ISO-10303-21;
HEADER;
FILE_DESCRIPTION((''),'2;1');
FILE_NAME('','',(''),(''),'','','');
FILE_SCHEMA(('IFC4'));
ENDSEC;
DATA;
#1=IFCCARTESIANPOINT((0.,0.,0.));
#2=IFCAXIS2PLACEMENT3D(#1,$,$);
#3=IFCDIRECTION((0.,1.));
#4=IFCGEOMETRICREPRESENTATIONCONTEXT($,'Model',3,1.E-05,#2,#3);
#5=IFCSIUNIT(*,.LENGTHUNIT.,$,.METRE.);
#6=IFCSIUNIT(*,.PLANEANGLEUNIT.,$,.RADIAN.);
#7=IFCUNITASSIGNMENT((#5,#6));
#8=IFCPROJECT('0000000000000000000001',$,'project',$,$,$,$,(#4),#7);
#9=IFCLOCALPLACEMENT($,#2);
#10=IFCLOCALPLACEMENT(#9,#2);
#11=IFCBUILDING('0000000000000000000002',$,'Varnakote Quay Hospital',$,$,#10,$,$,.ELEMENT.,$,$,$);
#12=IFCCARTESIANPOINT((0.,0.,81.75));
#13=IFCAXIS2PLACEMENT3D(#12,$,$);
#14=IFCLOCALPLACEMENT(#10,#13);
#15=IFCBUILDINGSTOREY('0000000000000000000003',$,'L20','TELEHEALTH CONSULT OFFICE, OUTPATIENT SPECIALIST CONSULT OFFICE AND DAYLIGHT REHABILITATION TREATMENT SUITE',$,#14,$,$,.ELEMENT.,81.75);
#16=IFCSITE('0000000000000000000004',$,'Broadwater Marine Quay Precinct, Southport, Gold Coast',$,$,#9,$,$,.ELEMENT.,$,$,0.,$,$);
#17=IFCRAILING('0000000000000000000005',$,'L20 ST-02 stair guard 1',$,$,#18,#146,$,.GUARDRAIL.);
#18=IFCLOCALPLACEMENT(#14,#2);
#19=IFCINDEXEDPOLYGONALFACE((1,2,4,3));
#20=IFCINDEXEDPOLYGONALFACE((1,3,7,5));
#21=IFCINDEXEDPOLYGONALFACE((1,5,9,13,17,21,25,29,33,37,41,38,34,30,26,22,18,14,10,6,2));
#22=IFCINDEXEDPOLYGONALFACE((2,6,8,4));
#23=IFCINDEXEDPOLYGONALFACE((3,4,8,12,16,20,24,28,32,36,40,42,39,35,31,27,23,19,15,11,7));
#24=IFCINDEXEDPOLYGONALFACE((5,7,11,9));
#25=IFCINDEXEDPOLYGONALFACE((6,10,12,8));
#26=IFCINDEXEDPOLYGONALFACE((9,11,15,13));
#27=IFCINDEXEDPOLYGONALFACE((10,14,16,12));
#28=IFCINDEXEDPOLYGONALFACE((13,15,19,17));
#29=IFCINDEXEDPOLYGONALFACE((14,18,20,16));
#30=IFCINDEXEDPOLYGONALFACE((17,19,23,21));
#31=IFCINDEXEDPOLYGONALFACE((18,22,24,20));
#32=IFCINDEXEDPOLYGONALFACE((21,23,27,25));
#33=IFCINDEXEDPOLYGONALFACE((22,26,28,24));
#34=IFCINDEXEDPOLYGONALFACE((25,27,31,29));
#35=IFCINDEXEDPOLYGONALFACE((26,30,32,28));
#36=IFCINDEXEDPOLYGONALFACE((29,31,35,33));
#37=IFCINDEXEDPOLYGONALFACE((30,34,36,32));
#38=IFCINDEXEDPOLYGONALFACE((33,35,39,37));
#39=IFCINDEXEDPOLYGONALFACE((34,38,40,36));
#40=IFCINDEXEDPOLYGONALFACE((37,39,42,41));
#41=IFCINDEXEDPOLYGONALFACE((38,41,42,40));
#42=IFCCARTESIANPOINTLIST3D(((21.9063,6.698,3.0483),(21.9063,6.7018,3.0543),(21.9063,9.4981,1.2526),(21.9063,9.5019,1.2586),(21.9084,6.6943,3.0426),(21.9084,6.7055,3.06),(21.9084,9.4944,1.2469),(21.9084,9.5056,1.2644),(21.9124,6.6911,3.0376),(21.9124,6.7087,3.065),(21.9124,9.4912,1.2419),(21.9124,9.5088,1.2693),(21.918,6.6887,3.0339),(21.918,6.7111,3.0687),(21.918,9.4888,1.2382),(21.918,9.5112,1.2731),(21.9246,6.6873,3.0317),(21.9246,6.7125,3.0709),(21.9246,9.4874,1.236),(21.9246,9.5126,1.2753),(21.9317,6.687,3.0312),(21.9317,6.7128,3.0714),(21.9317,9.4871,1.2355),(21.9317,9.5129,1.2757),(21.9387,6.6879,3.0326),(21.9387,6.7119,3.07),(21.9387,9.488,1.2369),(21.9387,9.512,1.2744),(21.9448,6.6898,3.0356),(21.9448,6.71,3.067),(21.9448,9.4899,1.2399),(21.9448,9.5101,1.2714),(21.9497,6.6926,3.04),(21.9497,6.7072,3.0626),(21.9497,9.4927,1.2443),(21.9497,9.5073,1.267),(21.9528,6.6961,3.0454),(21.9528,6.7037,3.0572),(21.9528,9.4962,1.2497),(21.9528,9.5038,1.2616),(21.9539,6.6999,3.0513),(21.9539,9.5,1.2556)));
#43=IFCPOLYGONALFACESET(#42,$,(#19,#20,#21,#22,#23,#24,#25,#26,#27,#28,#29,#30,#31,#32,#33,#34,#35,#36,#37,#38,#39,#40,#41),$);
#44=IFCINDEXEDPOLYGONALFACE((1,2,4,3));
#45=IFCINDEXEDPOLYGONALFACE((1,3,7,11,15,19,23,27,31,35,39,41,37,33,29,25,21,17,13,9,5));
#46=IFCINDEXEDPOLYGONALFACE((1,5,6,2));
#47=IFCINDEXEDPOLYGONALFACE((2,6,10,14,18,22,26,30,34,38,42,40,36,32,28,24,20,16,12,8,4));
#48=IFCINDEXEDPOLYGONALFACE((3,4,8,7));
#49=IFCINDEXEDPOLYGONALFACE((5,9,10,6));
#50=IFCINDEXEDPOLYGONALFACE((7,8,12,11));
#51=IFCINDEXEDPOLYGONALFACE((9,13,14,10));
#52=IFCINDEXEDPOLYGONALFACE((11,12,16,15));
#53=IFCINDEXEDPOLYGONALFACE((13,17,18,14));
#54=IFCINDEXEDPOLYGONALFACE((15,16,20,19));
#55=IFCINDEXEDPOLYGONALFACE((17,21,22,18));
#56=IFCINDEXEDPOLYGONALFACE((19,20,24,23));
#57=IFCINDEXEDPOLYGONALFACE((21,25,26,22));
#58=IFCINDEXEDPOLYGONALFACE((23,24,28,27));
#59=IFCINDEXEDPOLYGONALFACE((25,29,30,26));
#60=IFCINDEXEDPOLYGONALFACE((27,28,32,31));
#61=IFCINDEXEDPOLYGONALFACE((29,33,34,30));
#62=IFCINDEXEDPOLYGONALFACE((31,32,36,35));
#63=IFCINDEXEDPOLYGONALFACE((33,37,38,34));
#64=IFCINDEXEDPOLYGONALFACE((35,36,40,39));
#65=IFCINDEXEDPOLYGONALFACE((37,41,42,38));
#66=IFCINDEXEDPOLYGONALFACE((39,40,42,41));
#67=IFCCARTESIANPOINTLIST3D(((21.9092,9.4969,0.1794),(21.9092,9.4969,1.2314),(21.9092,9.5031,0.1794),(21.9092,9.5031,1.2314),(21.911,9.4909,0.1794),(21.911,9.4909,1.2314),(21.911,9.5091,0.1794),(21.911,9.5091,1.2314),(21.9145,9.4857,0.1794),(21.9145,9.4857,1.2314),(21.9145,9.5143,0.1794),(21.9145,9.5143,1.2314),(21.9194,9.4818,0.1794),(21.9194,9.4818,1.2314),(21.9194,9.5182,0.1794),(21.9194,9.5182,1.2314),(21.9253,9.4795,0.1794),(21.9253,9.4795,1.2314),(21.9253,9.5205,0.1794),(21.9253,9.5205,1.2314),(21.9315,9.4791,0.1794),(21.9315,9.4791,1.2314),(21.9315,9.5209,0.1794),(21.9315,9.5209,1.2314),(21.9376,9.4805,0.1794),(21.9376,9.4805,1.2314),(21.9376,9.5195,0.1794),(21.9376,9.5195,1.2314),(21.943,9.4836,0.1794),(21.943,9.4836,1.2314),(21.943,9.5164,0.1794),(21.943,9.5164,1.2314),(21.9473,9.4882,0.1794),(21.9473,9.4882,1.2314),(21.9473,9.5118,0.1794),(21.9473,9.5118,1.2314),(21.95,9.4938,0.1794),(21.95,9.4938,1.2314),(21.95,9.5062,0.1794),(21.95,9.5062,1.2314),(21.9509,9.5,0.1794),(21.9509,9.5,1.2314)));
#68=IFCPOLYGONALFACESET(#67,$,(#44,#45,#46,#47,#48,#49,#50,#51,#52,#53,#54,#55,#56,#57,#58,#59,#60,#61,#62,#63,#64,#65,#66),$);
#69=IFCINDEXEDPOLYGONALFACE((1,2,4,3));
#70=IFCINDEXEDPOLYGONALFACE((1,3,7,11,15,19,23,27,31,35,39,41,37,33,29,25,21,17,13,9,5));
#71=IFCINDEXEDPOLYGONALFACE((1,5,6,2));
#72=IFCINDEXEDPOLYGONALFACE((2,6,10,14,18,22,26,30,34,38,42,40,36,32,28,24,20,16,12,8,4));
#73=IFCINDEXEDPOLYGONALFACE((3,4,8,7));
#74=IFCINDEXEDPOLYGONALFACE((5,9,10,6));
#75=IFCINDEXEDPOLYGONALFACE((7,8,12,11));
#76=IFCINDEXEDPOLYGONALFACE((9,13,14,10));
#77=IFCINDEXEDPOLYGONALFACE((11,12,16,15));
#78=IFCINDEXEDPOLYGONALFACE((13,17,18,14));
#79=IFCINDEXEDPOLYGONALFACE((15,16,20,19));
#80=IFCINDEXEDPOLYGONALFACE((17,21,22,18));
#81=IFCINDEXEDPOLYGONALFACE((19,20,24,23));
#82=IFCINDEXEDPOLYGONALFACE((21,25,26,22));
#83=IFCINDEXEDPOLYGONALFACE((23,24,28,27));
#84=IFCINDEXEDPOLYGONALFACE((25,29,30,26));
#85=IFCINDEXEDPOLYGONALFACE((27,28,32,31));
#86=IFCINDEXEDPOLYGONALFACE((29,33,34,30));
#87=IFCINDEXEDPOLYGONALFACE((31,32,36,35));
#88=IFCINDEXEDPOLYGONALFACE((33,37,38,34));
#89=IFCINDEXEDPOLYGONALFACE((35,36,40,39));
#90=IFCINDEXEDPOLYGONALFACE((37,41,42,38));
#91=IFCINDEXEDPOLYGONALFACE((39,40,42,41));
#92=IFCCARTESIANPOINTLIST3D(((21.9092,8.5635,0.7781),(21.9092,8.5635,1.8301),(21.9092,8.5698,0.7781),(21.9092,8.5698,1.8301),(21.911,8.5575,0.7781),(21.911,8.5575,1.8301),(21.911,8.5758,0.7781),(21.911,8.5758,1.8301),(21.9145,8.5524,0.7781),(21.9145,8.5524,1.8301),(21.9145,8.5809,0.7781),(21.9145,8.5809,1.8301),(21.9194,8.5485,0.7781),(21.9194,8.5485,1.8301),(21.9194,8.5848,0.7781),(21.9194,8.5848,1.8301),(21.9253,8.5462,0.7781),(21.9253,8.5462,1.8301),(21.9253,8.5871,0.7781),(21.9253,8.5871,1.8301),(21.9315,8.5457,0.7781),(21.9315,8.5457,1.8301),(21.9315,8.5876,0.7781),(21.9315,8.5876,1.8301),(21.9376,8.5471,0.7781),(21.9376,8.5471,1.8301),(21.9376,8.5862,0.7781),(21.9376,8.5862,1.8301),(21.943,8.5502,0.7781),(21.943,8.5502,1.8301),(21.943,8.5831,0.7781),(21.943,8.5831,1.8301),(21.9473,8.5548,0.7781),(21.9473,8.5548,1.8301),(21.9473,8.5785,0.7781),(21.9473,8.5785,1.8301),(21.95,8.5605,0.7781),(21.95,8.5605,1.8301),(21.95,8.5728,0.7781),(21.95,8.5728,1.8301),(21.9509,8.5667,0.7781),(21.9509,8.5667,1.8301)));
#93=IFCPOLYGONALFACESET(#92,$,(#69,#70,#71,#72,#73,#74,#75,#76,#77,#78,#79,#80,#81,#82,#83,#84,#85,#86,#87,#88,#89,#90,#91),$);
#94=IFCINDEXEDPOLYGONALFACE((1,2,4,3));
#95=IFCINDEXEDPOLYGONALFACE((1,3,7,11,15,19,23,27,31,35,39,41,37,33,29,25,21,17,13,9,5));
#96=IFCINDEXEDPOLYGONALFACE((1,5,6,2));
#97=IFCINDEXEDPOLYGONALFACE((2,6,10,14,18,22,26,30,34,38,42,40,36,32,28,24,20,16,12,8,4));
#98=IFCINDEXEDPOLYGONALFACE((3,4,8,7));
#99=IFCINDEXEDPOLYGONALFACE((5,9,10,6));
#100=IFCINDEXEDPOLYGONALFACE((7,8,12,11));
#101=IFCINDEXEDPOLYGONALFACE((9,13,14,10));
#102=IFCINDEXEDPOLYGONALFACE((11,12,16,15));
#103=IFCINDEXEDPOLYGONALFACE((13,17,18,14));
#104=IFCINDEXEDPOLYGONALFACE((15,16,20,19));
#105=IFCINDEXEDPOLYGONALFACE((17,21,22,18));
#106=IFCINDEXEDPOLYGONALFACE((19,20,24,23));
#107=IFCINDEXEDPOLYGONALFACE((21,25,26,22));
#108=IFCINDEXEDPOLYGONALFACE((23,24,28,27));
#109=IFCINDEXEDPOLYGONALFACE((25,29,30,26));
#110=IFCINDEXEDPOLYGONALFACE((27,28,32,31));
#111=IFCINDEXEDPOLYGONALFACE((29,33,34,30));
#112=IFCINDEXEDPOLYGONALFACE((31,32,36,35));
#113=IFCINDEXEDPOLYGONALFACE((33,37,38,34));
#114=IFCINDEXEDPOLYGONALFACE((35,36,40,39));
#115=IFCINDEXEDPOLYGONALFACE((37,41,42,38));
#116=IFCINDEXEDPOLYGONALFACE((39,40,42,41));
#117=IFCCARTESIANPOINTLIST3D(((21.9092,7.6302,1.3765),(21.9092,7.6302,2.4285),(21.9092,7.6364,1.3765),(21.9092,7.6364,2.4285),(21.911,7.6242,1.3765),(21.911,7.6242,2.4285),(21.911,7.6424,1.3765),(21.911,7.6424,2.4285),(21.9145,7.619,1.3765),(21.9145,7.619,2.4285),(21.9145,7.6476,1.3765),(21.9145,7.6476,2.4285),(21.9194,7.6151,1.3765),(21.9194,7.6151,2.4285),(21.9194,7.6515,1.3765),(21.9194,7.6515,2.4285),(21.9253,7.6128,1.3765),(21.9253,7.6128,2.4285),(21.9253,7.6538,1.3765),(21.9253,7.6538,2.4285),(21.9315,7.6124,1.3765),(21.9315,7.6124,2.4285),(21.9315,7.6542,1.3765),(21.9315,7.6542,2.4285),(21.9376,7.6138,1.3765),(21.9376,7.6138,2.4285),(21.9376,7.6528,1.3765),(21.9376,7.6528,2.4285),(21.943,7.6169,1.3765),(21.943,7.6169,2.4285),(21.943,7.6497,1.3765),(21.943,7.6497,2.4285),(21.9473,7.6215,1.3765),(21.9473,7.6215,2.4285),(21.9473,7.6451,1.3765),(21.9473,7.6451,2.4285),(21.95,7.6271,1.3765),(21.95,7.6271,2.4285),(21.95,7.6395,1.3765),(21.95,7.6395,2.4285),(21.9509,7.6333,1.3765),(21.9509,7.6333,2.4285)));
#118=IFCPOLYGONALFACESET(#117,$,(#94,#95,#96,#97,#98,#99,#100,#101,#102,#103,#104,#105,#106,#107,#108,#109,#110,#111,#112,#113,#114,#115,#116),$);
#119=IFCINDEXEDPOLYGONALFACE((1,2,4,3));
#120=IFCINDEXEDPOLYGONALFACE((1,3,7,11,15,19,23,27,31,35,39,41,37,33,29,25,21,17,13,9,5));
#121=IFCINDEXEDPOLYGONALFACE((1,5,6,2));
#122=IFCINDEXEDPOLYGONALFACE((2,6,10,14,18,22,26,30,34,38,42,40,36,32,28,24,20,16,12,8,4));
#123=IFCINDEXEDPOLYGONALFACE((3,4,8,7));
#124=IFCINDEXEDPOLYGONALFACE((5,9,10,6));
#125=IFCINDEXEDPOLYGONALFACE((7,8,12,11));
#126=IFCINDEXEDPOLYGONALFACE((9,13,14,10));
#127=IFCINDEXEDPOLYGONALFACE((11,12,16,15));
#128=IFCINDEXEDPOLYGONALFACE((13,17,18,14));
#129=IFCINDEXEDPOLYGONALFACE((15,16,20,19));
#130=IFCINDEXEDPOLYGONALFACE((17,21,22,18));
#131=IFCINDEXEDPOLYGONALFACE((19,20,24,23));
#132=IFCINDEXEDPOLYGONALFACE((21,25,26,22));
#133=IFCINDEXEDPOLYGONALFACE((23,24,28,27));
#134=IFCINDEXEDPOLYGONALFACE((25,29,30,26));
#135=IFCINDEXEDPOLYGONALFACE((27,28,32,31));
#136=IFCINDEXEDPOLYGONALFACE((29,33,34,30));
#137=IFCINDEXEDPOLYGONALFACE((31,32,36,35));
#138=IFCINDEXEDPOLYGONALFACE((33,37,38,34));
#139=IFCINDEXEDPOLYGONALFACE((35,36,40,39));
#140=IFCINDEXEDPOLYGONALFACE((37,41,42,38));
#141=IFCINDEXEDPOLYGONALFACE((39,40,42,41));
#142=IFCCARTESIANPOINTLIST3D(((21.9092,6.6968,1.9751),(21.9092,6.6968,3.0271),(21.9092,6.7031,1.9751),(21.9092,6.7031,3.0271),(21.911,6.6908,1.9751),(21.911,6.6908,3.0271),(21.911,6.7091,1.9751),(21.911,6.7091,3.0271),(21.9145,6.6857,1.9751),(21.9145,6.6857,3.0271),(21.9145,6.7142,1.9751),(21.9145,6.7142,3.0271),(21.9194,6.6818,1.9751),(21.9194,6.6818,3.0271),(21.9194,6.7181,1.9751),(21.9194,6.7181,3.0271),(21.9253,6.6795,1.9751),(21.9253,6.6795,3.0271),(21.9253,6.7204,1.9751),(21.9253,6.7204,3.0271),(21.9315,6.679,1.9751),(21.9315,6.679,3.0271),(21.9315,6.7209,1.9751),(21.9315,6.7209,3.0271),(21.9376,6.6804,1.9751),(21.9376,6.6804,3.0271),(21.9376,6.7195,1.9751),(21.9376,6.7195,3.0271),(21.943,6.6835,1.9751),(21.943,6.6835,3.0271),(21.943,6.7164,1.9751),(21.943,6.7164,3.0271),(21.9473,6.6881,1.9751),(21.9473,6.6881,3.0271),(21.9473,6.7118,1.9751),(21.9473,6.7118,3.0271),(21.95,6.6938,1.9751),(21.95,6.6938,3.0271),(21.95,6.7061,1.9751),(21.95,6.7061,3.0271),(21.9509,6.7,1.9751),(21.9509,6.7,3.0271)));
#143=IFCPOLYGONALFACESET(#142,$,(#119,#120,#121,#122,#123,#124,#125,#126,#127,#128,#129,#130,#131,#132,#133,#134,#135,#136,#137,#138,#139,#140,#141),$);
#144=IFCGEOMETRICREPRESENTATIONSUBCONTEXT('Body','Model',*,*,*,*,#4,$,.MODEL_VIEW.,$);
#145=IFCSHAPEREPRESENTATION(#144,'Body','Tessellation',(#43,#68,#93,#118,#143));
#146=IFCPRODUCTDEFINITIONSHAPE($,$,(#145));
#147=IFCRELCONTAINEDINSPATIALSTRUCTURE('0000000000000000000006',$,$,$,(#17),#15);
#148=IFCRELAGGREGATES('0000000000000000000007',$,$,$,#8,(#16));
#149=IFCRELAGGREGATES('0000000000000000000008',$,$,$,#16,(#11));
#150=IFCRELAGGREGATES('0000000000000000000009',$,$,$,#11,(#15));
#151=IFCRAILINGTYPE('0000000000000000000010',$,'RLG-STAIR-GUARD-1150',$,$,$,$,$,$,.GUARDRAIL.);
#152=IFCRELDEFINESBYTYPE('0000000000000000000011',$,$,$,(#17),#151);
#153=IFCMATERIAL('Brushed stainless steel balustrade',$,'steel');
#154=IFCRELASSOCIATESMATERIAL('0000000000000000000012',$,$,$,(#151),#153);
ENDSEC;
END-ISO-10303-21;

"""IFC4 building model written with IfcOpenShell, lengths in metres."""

from ifc_helpers import new_model, si_unit, direction, frame, origin, origin_2d, place, context, subcontext, project, spatial, circle, extrude, material, type_object, element, save


model = new_model("IFC4")

# Units and contexts
model_context = context("Model", 3, precision=1e-05, world=origin(), true_north=direction((0.0, 1.0)))
body_context = subcontext(model_context, "Body", "Model", "MODEL_VIEW")
ifc_project = project(units=[si_unit("LENGTHUNIT", "METRE"), si_unit("PLANEANGLEUNIT", "RADIAN")], contexts=[model_context])

# Site, building, storey
site_placement = place(None, origin())
site = spatial("IfcSite", under=ifc_project, at=site_placement, Name="Broadwater Marine Quay Precinct, Southport, Gold Coast", CompositionType="ELEMENT", RefElevation=0.0)
building_placement = place(site_placement, origin())
building = spatial("IfcBuilding", under=site, at=building_placement, Name="Varnakote Quay Hospital", CompositionType="ELEMENT")
storey_placement = place(building_placement, frame((0.0, 0.0, 81.75)))
storey = spatial("IfcBuildingStorey", under=building, at=storey_placement, Name="L20", Description="TELEHEALTH CONSULT OFFICE, OUTPATIENT SPECIALIST CONSULT OFFICE AND DAYLIGHT REHABILITATION TREATMENT SUITE", CompositionType="ELEMENT", Elevation=81.75)

# Railing
ifc_material_1 = material(Name="Brushed stainless steel balustrade", Category="steel")
railing_type_1 = type_object("IfcRailingType", Name="RLG-STAIR-GUARD-1150", PredefinedType="GUARDRAIL", material=ifc_material_1)
railing_1_placement = place(storey_placement, frame((21.9299, 9.5, 0.1794)))
element("IfcRailing", 1, at=railing_1_placement, inside=storey, type_object=railing_type_1, Name="L20 ST-02 stair guard 1", PredefinedType="GUARDRAIL", context=body_context, shape_type="SweptSolid", body=[
    extrude(circle(Radius=0.0239, at=origin_2d()), frame((0.0, 0.0, 1.0762), z_axis=(0.0, -0.841777, 0.539826), x_axis=(1.0, 0.0, 0.0)), (0.0, 0.0, 1.0), 3.3264),
    extrude(circle(Radius=0.021, at=origin_2d()), origin(), (0.0, 0.0, 1.0), 1.052),
    extrude(circle(Radius=0.021, at=origin_2d()), frame((0.0, -0.9333, 0.5986)), (0.0, 0.0, 1.0), 1.052),
    extrude(circle(Radius=0.021, at=origin_2d()), frame((0.0, -1.8667, 1.197)), (0.0, 0.0, 1.0), 1.052),
    extrude(circle(Radius=0.021, at=origin_2d()), frame((0.0, -2.8, 1.7957)), (0.0, 0.0, 1.0), 1.052),
])

save(model, "model.ifc")
